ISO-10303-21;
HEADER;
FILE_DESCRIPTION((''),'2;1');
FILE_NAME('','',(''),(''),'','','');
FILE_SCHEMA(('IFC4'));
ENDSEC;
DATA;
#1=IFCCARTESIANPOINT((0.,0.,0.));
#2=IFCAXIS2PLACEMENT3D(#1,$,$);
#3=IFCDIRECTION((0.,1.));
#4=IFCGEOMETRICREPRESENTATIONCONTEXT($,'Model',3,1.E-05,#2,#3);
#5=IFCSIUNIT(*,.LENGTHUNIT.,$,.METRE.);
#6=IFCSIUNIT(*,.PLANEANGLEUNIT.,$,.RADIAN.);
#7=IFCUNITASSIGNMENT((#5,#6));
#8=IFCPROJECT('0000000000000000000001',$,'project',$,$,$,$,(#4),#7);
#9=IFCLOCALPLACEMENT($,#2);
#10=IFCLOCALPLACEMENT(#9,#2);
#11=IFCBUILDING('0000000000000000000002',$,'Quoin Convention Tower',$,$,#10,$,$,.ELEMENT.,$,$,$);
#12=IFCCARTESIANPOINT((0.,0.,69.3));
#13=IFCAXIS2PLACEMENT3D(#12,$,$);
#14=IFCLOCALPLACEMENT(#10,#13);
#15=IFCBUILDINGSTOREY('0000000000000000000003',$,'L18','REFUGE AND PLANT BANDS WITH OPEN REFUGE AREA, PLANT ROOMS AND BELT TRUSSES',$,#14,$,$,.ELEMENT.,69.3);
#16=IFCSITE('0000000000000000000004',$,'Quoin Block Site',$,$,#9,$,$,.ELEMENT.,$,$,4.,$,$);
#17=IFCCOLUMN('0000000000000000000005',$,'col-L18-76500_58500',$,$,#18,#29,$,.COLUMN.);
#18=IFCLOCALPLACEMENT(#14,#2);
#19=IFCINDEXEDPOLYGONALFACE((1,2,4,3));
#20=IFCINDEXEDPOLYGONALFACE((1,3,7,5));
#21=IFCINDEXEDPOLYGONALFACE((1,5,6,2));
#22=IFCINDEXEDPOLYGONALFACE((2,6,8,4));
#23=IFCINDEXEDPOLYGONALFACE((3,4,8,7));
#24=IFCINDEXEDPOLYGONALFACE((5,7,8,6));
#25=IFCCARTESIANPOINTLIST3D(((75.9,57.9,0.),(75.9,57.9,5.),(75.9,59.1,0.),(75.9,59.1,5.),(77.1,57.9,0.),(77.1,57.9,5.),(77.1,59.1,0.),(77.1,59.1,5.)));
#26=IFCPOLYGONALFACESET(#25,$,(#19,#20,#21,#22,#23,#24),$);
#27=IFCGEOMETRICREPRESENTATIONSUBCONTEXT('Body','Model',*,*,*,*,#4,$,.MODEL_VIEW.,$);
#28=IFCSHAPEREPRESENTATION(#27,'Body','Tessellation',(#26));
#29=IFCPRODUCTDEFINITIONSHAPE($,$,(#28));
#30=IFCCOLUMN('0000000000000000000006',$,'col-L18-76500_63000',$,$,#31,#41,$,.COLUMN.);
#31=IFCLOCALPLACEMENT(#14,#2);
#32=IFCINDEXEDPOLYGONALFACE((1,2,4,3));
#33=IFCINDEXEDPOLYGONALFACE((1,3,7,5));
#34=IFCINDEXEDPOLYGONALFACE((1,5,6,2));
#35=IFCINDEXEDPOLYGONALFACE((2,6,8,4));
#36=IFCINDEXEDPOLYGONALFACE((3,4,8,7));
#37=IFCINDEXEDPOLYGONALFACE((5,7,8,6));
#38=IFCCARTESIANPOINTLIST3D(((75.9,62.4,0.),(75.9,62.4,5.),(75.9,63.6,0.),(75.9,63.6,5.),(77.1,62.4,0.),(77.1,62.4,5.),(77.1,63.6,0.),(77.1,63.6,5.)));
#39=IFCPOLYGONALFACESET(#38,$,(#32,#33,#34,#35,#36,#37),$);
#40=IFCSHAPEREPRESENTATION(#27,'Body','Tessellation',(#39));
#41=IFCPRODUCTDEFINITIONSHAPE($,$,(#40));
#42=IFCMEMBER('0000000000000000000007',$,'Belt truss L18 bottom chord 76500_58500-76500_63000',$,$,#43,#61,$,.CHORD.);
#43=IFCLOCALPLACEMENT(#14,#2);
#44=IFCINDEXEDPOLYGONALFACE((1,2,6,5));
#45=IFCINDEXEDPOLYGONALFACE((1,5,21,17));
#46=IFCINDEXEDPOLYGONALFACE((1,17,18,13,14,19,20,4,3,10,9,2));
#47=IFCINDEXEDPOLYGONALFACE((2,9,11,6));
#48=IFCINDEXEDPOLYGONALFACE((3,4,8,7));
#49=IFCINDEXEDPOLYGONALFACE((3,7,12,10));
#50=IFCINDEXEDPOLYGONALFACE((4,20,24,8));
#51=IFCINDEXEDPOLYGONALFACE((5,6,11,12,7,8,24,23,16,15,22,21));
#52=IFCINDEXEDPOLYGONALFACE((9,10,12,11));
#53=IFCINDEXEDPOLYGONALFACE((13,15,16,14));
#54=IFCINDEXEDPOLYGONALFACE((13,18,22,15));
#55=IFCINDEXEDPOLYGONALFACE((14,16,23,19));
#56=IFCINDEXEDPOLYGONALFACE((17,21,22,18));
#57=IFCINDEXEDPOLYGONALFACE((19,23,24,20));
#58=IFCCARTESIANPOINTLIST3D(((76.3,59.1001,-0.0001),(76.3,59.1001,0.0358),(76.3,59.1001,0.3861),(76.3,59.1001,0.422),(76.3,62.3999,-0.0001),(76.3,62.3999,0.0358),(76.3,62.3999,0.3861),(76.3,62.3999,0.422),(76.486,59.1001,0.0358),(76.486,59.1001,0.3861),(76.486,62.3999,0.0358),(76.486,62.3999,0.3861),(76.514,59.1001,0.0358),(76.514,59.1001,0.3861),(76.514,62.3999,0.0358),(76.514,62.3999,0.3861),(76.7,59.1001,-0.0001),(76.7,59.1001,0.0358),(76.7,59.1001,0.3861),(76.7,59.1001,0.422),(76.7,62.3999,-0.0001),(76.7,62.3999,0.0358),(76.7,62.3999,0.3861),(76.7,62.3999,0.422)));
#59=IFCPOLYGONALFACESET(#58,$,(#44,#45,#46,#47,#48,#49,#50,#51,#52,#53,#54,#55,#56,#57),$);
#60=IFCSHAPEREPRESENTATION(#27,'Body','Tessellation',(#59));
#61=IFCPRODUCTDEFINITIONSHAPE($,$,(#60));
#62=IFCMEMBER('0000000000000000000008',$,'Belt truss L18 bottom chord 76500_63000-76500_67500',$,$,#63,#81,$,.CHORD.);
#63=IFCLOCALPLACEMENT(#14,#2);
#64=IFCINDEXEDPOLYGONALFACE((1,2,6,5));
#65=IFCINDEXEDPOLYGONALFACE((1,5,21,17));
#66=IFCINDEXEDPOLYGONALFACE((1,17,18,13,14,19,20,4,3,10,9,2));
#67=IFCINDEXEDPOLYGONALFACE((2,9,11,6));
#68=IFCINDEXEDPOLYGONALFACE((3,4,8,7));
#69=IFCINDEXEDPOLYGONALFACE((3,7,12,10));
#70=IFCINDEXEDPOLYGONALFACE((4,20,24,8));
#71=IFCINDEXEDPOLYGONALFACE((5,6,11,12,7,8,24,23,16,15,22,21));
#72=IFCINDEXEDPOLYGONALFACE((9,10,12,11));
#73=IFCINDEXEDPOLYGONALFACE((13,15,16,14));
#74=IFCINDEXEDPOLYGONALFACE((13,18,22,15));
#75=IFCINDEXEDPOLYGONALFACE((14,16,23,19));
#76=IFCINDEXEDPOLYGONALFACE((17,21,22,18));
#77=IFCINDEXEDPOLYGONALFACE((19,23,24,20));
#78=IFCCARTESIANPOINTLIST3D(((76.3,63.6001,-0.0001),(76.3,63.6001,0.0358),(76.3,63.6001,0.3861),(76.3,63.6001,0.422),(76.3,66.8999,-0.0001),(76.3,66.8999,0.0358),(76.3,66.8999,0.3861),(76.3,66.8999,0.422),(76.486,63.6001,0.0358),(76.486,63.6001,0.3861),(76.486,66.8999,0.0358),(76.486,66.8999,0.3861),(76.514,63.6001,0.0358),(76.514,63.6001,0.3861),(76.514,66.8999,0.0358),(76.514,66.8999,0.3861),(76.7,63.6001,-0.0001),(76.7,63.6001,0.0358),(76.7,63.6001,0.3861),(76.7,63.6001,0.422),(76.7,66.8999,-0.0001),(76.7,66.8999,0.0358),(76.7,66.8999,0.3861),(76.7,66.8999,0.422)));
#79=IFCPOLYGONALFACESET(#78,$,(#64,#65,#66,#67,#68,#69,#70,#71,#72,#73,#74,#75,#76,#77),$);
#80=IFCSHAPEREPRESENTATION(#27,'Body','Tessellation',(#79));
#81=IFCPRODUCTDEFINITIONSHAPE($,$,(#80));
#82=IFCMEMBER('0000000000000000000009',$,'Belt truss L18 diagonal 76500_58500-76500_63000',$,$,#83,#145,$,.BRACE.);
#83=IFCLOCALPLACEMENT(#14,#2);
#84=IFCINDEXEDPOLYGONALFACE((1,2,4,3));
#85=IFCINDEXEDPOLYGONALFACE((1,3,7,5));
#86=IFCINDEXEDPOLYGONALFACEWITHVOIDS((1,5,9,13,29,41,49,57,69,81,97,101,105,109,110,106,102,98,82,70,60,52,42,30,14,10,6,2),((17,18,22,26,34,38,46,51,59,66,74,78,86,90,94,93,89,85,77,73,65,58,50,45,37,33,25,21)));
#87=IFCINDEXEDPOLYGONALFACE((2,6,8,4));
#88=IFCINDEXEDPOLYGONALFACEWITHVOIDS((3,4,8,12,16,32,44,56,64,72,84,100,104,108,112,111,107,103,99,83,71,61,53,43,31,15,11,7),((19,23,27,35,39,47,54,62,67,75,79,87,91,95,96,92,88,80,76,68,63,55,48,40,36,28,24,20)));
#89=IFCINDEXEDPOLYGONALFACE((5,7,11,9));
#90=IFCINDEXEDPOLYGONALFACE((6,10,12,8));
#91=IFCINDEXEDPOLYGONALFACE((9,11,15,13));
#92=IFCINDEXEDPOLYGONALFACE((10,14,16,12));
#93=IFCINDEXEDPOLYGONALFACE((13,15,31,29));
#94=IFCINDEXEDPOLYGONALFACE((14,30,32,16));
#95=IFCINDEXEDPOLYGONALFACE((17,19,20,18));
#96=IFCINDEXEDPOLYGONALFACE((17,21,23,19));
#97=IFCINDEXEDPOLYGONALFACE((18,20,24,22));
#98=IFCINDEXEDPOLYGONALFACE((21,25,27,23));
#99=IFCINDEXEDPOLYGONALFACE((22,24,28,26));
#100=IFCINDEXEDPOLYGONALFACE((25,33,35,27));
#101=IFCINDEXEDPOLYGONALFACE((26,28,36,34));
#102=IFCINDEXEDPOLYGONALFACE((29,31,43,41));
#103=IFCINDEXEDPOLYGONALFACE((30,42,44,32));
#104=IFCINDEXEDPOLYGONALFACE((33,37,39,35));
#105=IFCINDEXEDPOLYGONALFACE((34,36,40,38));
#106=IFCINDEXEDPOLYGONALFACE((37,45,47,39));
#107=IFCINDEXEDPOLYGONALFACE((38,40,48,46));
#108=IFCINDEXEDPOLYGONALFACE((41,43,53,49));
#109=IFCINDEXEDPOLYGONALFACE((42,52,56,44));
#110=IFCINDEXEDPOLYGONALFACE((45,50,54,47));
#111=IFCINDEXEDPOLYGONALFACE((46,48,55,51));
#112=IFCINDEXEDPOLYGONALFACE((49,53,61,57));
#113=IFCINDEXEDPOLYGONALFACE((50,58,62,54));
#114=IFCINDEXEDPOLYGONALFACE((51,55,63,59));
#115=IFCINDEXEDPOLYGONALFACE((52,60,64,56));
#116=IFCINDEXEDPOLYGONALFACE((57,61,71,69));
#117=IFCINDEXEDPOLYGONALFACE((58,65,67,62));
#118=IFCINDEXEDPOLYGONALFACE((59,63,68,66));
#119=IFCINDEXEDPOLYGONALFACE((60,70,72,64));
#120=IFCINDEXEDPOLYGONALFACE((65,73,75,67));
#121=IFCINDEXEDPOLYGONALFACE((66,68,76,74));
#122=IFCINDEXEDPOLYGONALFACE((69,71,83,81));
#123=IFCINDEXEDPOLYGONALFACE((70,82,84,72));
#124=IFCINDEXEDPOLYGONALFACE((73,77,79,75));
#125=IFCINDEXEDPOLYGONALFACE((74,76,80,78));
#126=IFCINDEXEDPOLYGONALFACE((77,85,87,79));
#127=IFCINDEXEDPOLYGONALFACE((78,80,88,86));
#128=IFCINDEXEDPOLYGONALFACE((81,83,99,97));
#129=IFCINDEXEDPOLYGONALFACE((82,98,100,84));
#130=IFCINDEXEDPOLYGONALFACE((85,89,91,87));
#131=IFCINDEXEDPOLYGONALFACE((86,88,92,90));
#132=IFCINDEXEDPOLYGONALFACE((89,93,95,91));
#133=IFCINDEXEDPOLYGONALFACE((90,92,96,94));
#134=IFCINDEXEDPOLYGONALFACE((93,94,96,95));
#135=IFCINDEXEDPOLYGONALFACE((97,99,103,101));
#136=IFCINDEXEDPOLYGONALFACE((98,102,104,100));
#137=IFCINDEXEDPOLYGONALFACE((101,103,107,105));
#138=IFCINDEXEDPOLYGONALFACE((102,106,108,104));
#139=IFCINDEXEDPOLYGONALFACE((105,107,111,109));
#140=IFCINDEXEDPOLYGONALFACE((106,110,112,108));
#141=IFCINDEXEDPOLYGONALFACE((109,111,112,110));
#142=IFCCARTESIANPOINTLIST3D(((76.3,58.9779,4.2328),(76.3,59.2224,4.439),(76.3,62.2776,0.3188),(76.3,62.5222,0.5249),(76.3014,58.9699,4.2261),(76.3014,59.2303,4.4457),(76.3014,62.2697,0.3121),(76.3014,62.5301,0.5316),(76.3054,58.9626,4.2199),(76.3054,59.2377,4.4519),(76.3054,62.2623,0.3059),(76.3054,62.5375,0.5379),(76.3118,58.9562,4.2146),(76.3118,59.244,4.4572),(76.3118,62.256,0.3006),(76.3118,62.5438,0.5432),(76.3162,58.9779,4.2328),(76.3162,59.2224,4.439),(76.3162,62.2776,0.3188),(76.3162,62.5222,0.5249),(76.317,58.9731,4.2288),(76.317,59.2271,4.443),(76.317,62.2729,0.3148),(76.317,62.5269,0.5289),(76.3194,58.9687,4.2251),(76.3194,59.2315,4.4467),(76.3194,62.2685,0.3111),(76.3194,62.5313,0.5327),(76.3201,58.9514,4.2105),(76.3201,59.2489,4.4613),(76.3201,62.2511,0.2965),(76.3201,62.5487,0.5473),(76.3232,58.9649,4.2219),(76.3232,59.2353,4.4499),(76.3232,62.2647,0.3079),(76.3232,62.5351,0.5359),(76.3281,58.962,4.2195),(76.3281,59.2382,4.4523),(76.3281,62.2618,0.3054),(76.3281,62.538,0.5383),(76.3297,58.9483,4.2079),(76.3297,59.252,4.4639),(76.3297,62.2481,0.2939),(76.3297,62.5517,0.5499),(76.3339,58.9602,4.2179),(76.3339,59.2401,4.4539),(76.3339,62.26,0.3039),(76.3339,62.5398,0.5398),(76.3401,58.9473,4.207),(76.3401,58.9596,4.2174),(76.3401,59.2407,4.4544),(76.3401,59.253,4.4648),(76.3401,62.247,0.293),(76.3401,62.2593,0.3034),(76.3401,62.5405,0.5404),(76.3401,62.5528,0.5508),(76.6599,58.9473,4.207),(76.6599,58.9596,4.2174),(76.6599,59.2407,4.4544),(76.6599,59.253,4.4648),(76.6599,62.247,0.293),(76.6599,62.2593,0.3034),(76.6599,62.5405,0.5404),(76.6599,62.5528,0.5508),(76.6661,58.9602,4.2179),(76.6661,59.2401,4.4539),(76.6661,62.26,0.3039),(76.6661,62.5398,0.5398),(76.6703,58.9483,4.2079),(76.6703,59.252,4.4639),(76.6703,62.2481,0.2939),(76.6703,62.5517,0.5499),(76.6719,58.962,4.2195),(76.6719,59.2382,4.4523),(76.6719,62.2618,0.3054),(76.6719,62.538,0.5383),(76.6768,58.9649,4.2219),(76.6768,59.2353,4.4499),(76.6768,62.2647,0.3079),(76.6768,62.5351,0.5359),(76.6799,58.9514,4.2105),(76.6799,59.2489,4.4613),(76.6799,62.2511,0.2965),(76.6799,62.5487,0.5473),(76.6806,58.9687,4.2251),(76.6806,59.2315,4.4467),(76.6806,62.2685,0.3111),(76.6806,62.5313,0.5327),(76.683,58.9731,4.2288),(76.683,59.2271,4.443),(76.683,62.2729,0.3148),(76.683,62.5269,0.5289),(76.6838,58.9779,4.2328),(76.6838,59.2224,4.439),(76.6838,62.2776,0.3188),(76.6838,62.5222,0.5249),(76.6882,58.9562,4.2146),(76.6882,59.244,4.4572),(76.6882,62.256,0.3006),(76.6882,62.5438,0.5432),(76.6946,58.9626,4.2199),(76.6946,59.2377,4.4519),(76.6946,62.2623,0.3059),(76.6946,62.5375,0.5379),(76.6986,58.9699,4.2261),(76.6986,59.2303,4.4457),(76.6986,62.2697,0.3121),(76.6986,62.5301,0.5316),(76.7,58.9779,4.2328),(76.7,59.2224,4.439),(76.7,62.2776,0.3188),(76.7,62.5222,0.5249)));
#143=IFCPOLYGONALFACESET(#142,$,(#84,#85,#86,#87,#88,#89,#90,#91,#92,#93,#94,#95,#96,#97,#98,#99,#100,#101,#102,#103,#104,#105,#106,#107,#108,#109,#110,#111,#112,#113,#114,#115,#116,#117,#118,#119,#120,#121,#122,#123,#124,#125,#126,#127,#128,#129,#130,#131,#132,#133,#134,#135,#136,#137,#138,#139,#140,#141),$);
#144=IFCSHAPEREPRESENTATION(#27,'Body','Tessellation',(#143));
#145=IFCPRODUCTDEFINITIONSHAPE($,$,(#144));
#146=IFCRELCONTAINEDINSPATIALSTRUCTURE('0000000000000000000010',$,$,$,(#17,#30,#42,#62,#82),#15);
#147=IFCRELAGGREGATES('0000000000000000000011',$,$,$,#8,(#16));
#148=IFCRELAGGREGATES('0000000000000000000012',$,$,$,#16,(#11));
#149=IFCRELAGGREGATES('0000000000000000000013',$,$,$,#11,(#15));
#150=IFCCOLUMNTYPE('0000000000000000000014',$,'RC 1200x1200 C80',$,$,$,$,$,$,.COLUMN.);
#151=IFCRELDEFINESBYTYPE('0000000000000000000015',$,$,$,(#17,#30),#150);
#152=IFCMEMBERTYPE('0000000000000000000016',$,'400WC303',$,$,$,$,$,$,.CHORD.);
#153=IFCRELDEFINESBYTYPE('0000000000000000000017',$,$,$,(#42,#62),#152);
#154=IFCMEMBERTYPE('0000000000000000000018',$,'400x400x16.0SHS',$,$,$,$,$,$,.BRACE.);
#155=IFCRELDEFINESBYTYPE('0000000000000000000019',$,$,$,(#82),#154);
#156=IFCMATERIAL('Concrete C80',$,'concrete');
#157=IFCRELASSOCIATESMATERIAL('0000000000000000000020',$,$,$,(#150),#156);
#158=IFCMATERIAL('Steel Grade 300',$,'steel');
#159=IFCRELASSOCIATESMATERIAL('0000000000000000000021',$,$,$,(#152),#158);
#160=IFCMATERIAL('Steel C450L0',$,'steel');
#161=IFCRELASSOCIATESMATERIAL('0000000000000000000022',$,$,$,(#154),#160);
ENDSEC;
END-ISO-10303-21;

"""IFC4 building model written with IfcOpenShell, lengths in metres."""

from ifc_helpers import new_model, si_unit, direction, frame, origin, origin_2d, place, context, subcontext, project, spatial, rectangle, hollow_rectangle, i_section, extrude, material, material_profile, profile_set, type_object, element, save


model = new_model("IFC4")

# Units and contexts
model_context = context("Model", 3, precision=1e-05, world=origin(), true_north=direction((0.0, 1.0)))
body_context = subcontext(model_context, "Body", "Model", "MODEL_VIEW")
ifc_project = project(units=[si_unit("LENGTHUNIT", "METRE"), si_unit("PLANEANGLEUNIT", "RADIAN")], contexts=[model_context])

# Site, building, storey
site_placement = place(None, origin())
site = spatial("IfcSite", under=ifc_project, at=site_placement, Name="Quoin Block Site", CompositionType="ELEMENT", RefElevation=4.0)
building_placement = place(site_placement, origin())
building = spatial("IfcBuilding", under=site, at=building_placement, Name="Quoin Convention Tower", CompositionType="ELEMENT")
storey_placement = place(building_placement, frame((0.0, 0.0, 69.3)))
storey = spatial("IfcBuildingStorey", under=building, at=storey_placement, Name="L18", Description="REFUGE AND PLANT BANDS WITH OPEN REFUGE AREA, PLANT ROOMS AND BELT TRUSSES", CompositionType="ELEMENT", Elevation=69.3)

# Columns
ifc_material_1 = material(Name="Concrete C80", Category="concrete")
ifc_material_profile_1 = material_profile(ifc_material_1, rectangle(XDim=1.2, YDim=1.2, at=origin_2d()), Name="RC 1200x1200")
ifc_profile_set_1 = profile_set([ifc_material_profile_1], Name="Concrete C80")
column_type = type_object("IfcColumnType", Name="RC 1200x1200 C80", PredefinedType="COLUMN", material=ifc_profile_set_1)
for number, where, z_axis, x_axis, name in (
    (1, (76.5, 58.5, 0.0), (0.0, 0.0, 1.0), (1.0, 0.0, 0.0), "col-L18-76500_58500"),
    (2, (76.5, 63.0, 0.0), (0.0, 0.0, 1.0), (1.0, 0.0, 0.0), "col-L18-76500_63000"),
):
    element("IfcColumn", number, at=place(storey_placement, frame(where, z_axis=z_axis, x_axis=x_axis)), inside=storey, type_object=column_type, Name=name, PredefinedType="COLUMN", context=body_context, shape_type="SweptSolid", body=[
        extrude(rectangle(XDim=1.2, YDim=1.2, at=origin_2d()), origin(), (0.0, 0.0, 1.0), 5.0),
    ])

# Members
ifc_material_2 = material(Name="Steel Grade 300", Category="steel")
ifc_material_profile_2 = material_profile(ifc_material_2, i_section(OverallWidth=0.3999, OverallDepth=0.4221, WebThickness=0.0281, FlangeThickness=0.0359, at=origin_2d()), Name="400WC303")
ifc_profile_set_2 = profile_set([ifc_material_profile_2], Name="Steel Grade 300")
member_type_1 = type_object("IfcMemberType", Name="400WC303", PredefinedType="CHORD", material=ifc_profile_set_2)
for number, where, z_axis, x_axis, name in (
    (3, (76.5, 59.1001, 0.2109), (0.0, 1.0, 0.0), (-1.0, 0.0, 0.0), "Belt truss L18 bottom chord 76500_58500-76500_63000"),
    (4, (76.5, 63.6001, 0.2109), (0.0, 1.0, 0.0), (-1.0, 0.0, 0.0), "Belt truss L18 bottom chord 76500_63000-76500_67500"),
):
    element("IfcMember", number, at=place(storey_placement, frame(where, z_axis=z_axis, x_axis=x_axis)), inside=storey, type_object=member_type_1, Name=name, PredefinedType="CHORD", context=body_context, shape_type="SweptSolid", body=[
        extrude(i_section(OverallWidth=0.3999, OverallDepth=0.4221, WebThickness=0.0281, FlangeThickness=0.0359, at=origin_2d()), origin(), (0.0, 0.0, 1.0), 3.2998),
    ])
ifc_material_3 = material(Name="Steel C450L0", Category="steel")
ifc_material_profile_3 = material_profile(ifc_material_3, hollow_rectangle(XDim=0.3999, YDim=0.3999, WallThickness=0.0161, InnerFilletRadius=0.0239, OuterFilletRadius=0.04, at=origin_2d()), Name="400x400x16.0SHS")
ifc_profile_set_3 = profile_set([ifc_material_profile_3], Name="Steel C450L0")
member_type_2 = type_object("IfcMemberType", Name="400x400x16.0SHS", PredefinedType="BRACE", material=ifc_profile_set_3)
for number, where, z_axis, x_axis, name in (
    (5, (76.5, 62.3999, 0.4219), (0.0, -0.644564, 0.76455), (1.0, 0.0, 0.0), "Belt truss L18 diagonal 76500_58500-76500_63000"),
):
    element("IfcMember", number, at=place(storey_placement, frame(where, z_axis=z_axis, x_axis=x_axis)), inside=storey, type_object=member_type_2, Name=name, PredefinedType="BRACE", context=body_context, shape_type="SweptSolid", body=[
        extrude(hollow_rectangle(XDim=0.3999, YDim=0.3999, WallThickness=0.0161, InnerFilletRadius=0.0239, OuterFilletRadius=0.04, at=origin_2d()), origin(), (0.0, 0.0, 1.0), 5.1194),
    ])

save(model, "model.ifc")
